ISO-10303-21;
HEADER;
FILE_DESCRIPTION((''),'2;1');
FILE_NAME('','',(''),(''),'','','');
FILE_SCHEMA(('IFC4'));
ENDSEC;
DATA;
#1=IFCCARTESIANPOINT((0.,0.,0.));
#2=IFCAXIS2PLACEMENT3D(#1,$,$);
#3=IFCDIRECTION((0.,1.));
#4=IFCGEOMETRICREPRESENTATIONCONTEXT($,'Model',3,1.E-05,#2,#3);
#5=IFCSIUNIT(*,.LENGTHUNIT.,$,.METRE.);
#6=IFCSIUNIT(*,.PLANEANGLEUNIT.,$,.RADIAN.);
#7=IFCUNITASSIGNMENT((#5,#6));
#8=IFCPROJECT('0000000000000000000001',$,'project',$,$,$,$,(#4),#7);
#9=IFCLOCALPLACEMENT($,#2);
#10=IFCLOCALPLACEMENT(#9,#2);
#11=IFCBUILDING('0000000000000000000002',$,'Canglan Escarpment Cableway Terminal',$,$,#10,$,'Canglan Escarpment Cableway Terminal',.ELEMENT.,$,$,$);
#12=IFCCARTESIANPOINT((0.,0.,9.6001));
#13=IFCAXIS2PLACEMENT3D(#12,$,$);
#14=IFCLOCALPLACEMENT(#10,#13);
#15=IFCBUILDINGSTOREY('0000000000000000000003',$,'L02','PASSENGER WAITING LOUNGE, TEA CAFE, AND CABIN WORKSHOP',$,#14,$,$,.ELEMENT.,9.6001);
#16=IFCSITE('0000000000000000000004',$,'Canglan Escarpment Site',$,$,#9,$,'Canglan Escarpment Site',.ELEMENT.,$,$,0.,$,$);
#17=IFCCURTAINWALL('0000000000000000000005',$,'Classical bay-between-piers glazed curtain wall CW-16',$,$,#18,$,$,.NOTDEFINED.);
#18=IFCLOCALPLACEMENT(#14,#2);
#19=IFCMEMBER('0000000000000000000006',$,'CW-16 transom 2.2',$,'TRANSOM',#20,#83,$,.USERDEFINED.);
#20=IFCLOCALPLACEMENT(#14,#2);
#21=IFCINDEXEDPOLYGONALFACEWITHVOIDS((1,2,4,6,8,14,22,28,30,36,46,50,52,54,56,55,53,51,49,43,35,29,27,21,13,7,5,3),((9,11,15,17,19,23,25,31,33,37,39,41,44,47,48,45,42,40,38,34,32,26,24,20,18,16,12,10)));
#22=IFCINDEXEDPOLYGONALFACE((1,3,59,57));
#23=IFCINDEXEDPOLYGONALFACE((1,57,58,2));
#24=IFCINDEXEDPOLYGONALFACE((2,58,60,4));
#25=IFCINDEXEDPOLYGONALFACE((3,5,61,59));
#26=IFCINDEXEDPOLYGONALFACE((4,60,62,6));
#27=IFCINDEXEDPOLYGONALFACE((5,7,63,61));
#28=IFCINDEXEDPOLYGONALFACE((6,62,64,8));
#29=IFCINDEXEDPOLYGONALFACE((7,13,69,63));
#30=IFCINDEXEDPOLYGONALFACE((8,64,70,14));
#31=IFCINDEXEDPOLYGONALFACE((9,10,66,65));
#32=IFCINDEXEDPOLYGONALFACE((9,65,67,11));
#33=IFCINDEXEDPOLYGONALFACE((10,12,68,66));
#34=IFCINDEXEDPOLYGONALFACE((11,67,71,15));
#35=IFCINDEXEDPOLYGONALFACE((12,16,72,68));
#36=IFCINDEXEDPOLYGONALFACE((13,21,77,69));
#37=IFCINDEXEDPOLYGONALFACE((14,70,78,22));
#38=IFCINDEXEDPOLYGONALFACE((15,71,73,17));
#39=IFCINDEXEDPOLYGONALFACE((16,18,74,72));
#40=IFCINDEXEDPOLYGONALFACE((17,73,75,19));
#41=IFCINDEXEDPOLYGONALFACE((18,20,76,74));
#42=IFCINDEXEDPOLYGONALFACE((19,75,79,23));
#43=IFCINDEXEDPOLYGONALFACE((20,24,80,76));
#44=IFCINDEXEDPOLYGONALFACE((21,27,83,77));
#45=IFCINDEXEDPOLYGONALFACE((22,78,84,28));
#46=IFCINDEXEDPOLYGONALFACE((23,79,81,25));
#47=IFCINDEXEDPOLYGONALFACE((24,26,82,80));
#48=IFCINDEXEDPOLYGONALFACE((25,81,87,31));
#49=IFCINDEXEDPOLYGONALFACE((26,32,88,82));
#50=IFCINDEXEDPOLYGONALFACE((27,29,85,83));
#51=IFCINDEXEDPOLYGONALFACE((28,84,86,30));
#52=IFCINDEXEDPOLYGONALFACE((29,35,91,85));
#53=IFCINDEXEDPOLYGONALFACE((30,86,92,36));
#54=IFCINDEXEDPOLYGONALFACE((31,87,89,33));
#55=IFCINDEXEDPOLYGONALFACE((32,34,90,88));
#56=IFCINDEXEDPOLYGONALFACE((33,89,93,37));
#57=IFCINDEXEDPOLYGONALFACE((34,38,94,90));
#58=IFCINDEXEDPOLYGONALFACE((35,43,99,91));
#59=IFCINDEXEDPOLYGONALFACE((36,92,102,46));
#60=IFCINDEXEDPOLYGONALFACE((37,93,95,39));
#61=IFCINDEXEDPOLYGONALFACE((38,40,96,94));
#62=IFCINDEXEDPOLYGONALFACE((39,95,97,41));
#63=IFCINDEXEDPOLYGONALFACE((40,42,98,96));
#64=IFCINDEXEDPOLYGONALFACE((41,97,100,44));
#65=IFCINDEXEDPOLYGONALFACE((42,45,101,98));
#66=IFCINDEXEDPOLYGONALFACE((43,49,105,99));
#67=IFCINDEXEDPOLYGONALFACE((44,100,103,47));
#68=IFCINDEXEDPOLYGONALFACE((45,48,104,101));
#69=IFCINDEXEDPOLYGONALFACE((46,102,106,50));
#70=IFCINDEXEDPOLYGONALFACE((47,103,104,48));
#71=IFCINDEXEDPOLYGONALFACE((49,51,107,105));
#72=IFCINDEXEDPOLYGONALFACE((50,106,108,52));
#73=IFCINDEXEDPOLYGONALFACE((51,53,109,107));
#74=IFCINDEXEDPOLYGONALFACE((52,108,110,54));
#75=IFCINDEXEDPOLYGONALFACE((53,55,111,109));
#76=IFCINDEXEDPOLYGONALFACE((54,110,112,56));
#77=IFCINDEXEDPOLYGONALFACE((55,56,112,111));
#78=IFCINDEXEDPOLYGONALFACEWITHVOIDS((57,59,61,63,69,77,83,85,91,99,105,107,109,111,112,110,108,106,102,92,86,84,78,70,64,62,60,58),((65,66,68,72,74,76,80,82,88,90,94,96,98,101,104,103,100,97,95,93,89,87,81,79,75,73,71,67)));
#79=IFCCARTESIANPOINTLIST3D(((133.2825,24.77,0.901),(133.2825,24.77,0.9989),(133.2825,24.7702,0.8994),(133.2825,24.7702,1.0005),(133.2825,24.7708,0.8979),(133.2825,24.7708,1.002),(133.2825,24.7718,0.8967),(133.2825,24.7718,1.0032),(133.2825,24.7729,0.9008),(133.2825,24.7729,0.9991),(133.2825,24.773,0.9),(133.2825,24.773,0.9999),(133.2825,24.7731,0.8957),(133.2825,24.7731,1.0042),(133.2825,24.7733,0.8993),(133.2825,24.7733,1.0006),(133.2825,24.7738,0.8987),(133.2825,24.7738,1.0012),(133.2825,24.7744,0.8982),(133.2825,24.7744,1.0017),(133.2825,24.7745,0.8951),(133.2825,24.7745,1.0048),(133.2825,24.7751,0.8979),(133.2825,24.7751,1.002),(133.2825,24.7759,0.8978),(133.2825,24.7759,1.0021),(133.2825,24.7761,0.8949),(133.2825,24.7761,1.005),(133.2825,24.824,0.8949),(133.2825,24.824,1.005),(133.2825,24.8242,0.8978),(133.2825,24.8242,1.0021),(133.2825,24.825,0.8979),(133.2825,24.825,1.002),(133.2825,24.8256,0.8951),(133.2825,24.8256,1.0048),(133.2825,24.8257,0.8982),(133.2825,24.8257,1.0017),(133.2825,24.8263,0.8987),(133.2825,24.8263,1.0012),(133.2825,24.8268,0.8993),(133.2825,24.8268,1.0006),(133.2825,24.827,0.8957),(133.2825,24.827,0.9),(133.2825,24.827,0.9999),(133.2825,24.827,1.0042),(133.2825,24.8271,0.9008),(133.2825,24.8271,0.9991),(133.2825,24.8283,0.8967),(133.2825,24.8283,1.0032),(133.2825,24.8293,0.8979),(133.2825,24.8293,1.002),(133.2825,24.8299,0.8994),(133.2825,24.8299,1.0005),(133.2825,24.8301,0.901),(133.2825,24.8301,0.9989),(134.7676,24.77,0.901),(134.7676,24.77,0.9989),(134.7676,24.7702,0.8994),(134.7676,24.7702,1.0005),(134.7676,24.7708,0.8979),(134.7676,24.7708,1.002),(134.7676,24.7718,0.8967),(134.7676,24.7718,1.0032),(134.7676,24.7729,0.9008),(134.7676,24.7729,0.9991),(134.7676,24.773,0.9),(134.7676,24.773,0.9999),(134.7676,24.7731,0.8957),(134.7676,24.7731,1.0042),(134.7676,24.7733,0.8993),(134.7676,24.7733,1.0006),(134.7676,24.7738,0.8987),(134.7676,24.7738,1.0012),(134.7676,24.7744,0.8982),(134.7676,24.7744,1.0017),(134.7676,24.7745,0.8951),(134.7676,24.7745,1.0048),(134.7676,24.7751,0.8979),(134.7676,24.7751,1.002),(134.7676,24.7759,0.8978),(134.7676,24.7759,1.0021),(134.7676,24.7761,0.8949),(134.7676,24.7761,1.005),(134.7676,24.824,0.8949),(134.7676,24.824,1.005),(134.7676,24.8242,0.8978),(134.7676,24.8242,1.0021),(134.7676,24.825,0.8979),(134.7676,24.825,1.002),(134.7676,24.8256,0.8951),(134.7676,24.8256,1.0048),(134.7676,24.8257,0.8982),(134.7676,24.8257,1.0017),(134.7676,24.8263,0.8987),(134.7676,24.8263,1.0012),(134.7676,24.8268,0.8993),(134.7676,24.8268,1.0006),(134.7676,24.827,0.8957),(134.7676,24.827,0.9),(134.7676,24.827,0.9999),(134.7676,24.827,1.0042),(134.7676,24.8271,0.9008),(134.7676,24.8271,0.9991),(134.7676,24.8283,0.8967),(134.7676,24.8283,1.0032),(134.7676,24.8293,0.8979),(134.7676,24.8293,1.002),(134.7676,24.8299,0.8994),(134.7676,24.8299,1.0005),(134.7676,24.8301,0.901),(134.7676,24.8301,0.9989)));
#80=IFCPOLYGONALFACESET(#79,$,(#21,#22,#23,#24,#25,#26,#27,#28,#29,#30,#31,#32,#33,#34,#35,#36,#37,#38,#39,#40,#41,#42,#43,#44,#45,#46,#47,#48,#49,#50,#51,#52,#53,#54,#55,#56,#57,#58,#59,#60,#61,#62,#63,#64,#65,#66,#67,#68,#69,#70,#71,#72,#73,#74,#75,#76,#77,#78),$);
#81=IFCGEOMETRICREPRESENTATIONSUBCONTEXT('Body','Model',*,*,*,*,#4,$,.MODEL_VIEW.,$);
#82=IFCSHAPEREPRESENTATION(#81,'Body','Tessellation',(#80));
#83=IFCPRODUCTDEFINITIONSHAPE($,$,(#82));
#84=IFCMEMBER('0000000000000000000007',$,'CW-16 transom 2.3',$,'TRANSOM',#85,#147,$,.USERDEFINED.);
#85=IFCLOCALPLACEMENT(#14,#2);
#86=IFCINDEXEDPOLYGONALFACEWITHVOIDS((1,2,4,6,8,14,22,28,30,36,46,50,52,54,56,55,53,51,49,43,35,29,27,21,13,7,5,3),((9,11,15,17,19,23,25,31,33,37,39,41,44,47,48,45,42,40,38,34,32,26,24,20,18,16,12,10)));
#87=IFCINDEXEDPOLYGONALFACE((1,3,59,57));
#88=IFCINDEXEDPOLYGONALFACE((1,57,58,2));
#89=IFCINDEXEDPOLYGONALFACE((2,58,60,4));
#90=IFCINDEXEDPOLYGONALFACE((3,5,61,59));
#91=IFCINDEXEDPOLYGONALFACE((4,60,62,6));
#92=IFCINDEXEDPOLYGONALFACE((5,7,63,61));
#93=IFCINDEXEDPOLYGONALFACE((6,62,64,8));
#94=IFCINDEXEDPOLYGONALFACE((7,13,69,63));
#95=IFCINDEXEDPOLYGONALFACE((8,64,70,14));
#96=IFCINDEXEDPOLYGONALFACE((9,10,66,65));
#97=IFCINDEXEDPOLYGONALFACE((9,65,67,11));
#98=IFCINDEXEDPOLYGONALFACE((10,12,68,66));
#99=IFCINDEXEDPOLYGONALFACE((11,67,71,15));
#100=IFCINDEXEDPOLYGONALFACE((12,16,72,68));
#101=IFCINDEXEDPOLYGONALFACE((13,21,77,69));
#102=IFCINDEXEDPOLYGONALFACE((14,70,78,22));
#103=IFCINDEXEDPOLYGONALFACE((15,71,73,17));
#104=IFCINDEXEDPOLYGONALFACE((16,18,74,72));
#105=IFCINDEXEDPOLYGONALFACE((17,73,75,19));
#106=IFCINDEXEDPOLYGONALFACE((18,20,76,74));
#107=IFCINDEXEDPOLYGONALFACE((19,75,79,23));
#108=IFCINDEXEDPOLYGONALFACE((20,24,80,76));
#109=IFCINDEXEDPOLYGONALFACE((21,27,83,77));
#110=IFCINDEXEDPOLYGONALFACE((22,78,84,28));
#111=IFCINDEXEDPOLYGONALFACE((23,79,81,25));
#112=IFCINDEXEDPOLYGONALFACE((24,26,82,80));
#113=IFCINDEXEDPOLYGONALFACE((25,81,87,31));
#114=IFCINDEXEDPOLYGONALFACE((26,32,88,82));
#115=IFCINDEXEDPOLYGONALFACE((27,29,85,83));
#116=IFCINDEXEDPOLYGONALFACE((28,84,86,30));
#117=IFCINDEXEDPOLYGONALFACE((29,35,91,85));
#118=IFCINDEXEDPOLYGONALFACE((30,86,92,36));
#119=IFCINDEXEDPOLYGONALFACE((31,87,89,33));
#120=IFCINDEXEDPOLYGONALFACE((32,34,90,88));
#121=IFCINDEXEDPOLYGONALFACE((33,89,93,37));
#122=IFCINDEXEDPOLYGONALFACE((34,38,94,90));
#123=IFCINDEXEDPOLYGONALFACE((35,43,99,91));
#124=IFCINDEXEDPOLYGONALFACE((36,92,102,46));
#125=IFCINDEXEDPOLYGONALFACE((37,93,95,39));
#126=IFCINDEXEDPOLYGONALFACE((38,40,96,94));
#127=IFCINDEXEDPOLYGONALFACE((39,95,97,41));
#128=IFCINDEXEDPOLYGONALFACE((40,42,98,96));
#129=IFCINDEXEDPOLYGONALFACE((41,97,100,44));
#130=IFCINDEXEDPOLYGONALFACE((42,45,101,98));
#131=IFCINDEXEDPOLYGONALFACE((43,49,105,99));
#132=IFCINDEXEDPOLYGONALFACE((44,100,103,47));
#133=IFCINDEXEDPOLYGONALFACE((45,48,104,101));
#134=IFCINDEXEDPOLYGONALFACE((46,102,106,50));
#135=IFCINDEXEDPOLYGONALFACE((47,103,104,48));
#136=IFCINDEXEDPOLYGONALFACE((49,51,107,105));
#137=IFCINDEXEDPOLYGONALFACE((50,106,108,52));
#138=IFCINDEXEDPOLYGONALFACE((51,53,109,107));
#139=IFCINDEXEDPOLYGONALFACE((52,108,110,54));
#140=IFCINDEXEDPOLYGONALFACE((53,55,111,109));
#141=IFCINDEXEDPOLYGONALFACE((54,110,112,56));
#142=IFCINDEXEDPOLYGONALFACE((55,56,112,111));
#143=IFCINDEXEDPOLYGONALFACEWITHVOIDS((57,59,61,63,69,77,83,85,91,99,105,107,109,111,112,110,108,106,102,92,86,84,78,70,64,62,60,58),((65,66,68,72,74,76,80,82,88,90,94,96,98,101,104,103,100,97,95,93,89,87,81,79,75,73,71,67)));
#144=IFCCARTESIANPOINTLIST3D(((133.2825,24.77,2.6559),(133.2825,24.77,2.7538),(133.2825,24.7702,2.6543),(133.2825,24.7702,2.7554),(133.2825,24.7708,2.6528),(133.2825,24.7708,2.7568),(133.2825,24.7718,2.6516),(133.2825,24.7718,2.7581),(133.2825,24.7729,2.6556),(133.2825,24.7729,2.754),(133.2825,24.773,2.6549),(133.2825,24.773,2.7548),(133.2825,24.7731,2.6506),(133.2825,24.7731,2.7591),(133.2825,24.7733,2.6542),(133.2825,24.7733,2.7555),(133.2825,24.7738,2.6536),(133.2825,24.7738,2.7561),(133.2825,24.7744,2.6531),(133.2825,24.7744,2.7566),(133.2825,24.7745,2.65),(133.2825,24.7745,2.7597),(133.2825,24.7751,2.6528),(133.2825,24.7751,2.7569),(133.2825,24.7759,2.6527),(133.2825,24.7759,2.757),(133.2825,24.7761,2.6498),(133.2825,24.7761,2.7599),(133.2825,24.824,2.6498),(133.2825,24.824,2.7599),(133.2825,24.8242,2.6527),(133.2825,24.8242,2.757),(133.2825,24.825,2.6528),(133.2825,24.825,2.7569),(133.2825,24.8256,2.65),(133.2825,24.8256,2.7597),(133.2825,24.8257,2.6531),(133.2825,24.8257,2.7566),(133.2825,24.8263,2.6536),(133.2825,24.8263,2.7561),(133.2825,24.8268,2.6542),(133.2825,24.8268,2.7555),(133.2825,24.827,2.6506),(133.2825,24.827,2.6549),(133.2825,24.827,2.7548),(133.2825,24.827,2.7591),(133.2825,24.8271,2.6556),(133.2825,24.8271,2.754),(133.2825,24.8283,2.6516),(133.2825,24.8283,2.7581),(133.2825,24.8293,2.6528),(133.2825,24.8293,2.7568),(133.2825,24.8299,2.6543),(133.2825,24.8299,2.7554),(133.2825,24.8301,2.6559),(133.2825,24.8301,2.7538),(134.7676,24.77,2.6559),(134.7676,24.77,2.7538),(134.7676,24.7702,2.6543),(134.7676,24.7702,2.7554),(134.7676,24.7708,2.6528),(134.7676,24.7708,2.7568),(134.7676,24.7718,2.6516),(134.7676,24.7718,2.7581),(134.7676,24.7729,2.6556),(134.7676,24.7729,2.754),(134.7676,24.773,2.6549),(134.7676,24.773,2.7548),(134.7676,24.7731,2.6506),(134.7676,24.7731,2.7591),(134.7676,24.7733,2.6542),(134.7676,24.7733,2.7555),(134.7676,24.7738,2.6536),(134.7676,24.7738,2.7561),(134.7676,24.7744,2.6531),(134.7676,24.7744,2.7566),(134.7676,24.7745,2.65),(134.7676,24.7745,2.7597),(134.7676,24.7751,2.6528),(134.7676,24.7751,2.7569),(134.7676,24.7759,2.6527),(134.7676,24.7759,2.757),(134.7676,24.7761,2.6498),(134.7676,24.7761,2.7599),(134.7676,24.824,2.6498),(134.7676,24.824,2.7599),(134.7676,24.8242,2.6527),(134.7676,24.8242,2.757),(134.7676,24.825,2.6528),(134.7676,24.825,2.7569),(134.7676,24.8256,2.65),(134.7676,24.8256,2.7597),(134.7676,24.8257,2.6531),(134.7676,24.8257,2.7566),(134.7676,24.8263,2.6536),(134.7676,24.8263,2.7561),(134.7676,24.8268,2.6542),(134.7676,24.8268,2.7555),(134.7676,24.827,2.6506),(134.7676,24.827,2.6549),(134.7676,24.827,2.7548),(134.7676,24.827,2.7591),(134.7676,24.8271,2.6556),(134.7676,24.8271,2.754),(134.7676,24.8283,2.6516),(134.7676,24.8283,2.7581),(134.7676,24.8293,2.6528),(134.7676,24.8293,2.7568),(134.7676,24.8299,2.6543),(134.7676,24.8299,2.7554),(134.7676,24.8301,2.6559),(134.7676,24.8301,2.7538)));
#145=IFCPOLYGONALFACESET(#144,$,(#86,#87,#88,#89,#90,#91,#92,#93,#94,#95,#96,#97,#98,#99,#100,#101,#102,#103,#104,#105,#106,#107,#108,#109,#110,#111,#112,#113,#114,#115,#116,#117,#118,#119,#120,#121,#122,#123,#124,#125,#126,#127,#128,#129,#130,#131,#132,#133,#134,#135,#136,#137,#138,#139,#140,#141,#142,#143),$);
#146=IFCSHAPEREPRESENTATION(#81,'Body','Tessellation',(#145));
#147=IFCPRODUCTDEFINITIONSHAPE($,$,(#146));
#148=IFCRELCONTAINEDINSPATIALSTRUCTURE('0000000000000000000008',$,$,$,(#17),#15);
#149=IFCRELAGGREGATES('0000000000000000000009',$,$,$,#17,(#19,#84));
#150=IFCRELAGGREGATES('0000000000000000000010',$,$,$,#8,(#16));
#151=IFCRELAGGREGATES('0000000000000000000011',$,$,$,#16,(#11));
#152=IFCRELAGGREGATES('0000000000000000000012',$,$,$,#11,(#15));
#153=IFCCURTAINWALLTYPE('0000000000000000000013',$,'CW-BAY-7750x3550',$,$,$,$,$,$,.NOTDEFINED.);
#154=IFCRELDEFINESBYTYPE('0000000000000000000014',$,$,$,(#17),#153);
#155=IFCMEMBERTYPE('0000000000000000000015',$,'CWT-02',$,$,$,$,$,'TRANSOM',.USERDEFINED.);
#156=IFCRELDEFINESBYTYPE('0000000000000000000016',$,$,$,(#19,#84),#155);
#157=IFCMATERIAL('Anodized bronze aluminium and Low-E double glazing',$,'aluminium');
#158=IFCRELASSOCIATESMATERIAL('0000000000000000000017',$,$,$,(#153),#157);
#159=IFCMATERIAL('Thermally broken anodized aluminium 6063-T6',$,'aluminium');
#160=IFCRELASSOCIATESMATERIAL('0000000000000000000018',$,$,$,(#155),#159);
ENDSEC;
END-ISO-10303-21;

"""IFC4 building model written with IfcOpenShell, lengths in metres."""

from ifc_helpers import new_model, si_unit, direction, frame, origin, origin_2d, place, context, subcontext, project, spatial, hollow_rectangle, extrude, material, material_profile, profile_set, type_object, element, aggregate, save


model = new_model("IFC4")

# Units and contexts
model_context = context("Model", 3, precision=1e-05, world=origin(), true_north=direction((0.0, 1.0)))
body_context = subcontext(model_context, "Body", "Model", "MODEL_VIEW")
ifc_project = project(units=[si_unit("LENGTHUNIT", "METRE"), si_unit("PLANEANGLEUNIT", "RADIAN")], contexts=[model_context])

# Site, building, storey
site_placement = place(None, origin())
site = spatial("IfcSite", under=ifc_project, at=site_placement, Name="Canglan Escarpment Site", LongName="Canglan Escarpment Site", CompositionType="ELEMENT", RefElevation=0.0)
building_placement = place(site_placement, origin())
building = spatial("IfcBuilding", under=site, at=building_placement, Name="Canglan Escarpment Cableway Terminal", LongName="Canglan Escarpment Cableway Terminal", CompositionType="ELEMENT")
storey_placement = place(building_placement, frame((0.0, 0.0, 9.6001)))
storey = spatial("IfcBuildingStorey", under=building, at=storey_placement, Name="L02", Description="PASSENGER WAITING LOUNGE, TEA CAFE, AND CABIN WORKSHOP", CompositionType="ELEMENT", Elevation=9.6001)

# Curtain wall, members
ifc_material_1 = material(Name="Anodized bronze aluminium and Low-E double glazing", Category="aluminium")
curtain_wall_type = type_object("IfcCurtainWallType", Name="CW-BAY-7750x3550", PredefinedType="NOTDEFINED", material=ifc_material_1)
curtain_wall_placement = place(storey_placement, origin())
curtain_wall = element("IfcCurtainWall", 1, at=curtain_wall_placement, inside=storey, type_object=curtain_wall_type, Name="Classical bay-between-piers glazed curtain wall CW-16", PredefinedType="NOTDEFINED")
ifc_material_2 = material(Name="Thermally broken anodized aluminium 6063-T6", Category="aluminium")
ifc_material_profile_1 = material_profile(ifc_material_2, hollow_rectangle(XDim=0.0601, YDim=0.1101, WallThickness=0.0029, InnerFilletRadius=0.0029, OuterFilletRadius=0.0061, at=origin_2d()), Name="ALU-TRAN 60x110x3")
ifc_profile_set_1 = profile_set([ifc_material_profile_1], Name="Thermally broken anodized aluminium 6063-T6")
member_type_1 = type_object("IfcMemberType", Name="CWT-02", ElementType="TRANSOM", PredefinedType="USERDEFINED", material=ifc_profile_set_1)
member_1_placement = place(storey_placement, frame((134.7676, 24.8, 0.95), z_axis=(-1.0, 0.0, 0.0), x_axis=(0.0, -1.0, 0.0)))
member_1 = element("IfcMember", 2, at=member_1_placement, type_object=member_type_1, Name="CW-16 transom 2.2", ObjectType="TRANSOM", PredefinedType="USERDEFINED", context=body_context, shape_type="SweptSolid", body=[
    extrude(hollow_rectangle(XDim=0.0601, YDim=0.1101, WallThickness=0.0029, InnerFilletRadius=0.0029, OuterFilletRadius=0.0061, at=origin_2d()), origin(), (0.0, 0.0, 1.0), 1.4851),
])
member_2_placement = place(storey_placement, frame((134.7676, 24.8, 2.7048), z_axis=(-1.0, 0.0, 0.0), x_axis=(0.0, -1.0, 0.0)))
member_2 = element("IfcMember", 3, at=member_2_placement, type_object=member_type_1, Name="CW-16 transom 2.3", ObjectType="TRANSOM", PredefinedType="USERDEFINED", context=body_context, shape_type="SweptSolid", body=[
    extrude(hollow_rectangle(XDim=0.0601, YDim=0.1101, WallThickness=0.0029, InnerFilletRadius=0.0029, OuterFilletRadius=0.0061, at=origin_2d()), origin(), (0.0, 0.0, 1.0), 1.4851),
])
aggregate(curtain_wall, [member_1, member_2])

save(model, "model.ifc")
